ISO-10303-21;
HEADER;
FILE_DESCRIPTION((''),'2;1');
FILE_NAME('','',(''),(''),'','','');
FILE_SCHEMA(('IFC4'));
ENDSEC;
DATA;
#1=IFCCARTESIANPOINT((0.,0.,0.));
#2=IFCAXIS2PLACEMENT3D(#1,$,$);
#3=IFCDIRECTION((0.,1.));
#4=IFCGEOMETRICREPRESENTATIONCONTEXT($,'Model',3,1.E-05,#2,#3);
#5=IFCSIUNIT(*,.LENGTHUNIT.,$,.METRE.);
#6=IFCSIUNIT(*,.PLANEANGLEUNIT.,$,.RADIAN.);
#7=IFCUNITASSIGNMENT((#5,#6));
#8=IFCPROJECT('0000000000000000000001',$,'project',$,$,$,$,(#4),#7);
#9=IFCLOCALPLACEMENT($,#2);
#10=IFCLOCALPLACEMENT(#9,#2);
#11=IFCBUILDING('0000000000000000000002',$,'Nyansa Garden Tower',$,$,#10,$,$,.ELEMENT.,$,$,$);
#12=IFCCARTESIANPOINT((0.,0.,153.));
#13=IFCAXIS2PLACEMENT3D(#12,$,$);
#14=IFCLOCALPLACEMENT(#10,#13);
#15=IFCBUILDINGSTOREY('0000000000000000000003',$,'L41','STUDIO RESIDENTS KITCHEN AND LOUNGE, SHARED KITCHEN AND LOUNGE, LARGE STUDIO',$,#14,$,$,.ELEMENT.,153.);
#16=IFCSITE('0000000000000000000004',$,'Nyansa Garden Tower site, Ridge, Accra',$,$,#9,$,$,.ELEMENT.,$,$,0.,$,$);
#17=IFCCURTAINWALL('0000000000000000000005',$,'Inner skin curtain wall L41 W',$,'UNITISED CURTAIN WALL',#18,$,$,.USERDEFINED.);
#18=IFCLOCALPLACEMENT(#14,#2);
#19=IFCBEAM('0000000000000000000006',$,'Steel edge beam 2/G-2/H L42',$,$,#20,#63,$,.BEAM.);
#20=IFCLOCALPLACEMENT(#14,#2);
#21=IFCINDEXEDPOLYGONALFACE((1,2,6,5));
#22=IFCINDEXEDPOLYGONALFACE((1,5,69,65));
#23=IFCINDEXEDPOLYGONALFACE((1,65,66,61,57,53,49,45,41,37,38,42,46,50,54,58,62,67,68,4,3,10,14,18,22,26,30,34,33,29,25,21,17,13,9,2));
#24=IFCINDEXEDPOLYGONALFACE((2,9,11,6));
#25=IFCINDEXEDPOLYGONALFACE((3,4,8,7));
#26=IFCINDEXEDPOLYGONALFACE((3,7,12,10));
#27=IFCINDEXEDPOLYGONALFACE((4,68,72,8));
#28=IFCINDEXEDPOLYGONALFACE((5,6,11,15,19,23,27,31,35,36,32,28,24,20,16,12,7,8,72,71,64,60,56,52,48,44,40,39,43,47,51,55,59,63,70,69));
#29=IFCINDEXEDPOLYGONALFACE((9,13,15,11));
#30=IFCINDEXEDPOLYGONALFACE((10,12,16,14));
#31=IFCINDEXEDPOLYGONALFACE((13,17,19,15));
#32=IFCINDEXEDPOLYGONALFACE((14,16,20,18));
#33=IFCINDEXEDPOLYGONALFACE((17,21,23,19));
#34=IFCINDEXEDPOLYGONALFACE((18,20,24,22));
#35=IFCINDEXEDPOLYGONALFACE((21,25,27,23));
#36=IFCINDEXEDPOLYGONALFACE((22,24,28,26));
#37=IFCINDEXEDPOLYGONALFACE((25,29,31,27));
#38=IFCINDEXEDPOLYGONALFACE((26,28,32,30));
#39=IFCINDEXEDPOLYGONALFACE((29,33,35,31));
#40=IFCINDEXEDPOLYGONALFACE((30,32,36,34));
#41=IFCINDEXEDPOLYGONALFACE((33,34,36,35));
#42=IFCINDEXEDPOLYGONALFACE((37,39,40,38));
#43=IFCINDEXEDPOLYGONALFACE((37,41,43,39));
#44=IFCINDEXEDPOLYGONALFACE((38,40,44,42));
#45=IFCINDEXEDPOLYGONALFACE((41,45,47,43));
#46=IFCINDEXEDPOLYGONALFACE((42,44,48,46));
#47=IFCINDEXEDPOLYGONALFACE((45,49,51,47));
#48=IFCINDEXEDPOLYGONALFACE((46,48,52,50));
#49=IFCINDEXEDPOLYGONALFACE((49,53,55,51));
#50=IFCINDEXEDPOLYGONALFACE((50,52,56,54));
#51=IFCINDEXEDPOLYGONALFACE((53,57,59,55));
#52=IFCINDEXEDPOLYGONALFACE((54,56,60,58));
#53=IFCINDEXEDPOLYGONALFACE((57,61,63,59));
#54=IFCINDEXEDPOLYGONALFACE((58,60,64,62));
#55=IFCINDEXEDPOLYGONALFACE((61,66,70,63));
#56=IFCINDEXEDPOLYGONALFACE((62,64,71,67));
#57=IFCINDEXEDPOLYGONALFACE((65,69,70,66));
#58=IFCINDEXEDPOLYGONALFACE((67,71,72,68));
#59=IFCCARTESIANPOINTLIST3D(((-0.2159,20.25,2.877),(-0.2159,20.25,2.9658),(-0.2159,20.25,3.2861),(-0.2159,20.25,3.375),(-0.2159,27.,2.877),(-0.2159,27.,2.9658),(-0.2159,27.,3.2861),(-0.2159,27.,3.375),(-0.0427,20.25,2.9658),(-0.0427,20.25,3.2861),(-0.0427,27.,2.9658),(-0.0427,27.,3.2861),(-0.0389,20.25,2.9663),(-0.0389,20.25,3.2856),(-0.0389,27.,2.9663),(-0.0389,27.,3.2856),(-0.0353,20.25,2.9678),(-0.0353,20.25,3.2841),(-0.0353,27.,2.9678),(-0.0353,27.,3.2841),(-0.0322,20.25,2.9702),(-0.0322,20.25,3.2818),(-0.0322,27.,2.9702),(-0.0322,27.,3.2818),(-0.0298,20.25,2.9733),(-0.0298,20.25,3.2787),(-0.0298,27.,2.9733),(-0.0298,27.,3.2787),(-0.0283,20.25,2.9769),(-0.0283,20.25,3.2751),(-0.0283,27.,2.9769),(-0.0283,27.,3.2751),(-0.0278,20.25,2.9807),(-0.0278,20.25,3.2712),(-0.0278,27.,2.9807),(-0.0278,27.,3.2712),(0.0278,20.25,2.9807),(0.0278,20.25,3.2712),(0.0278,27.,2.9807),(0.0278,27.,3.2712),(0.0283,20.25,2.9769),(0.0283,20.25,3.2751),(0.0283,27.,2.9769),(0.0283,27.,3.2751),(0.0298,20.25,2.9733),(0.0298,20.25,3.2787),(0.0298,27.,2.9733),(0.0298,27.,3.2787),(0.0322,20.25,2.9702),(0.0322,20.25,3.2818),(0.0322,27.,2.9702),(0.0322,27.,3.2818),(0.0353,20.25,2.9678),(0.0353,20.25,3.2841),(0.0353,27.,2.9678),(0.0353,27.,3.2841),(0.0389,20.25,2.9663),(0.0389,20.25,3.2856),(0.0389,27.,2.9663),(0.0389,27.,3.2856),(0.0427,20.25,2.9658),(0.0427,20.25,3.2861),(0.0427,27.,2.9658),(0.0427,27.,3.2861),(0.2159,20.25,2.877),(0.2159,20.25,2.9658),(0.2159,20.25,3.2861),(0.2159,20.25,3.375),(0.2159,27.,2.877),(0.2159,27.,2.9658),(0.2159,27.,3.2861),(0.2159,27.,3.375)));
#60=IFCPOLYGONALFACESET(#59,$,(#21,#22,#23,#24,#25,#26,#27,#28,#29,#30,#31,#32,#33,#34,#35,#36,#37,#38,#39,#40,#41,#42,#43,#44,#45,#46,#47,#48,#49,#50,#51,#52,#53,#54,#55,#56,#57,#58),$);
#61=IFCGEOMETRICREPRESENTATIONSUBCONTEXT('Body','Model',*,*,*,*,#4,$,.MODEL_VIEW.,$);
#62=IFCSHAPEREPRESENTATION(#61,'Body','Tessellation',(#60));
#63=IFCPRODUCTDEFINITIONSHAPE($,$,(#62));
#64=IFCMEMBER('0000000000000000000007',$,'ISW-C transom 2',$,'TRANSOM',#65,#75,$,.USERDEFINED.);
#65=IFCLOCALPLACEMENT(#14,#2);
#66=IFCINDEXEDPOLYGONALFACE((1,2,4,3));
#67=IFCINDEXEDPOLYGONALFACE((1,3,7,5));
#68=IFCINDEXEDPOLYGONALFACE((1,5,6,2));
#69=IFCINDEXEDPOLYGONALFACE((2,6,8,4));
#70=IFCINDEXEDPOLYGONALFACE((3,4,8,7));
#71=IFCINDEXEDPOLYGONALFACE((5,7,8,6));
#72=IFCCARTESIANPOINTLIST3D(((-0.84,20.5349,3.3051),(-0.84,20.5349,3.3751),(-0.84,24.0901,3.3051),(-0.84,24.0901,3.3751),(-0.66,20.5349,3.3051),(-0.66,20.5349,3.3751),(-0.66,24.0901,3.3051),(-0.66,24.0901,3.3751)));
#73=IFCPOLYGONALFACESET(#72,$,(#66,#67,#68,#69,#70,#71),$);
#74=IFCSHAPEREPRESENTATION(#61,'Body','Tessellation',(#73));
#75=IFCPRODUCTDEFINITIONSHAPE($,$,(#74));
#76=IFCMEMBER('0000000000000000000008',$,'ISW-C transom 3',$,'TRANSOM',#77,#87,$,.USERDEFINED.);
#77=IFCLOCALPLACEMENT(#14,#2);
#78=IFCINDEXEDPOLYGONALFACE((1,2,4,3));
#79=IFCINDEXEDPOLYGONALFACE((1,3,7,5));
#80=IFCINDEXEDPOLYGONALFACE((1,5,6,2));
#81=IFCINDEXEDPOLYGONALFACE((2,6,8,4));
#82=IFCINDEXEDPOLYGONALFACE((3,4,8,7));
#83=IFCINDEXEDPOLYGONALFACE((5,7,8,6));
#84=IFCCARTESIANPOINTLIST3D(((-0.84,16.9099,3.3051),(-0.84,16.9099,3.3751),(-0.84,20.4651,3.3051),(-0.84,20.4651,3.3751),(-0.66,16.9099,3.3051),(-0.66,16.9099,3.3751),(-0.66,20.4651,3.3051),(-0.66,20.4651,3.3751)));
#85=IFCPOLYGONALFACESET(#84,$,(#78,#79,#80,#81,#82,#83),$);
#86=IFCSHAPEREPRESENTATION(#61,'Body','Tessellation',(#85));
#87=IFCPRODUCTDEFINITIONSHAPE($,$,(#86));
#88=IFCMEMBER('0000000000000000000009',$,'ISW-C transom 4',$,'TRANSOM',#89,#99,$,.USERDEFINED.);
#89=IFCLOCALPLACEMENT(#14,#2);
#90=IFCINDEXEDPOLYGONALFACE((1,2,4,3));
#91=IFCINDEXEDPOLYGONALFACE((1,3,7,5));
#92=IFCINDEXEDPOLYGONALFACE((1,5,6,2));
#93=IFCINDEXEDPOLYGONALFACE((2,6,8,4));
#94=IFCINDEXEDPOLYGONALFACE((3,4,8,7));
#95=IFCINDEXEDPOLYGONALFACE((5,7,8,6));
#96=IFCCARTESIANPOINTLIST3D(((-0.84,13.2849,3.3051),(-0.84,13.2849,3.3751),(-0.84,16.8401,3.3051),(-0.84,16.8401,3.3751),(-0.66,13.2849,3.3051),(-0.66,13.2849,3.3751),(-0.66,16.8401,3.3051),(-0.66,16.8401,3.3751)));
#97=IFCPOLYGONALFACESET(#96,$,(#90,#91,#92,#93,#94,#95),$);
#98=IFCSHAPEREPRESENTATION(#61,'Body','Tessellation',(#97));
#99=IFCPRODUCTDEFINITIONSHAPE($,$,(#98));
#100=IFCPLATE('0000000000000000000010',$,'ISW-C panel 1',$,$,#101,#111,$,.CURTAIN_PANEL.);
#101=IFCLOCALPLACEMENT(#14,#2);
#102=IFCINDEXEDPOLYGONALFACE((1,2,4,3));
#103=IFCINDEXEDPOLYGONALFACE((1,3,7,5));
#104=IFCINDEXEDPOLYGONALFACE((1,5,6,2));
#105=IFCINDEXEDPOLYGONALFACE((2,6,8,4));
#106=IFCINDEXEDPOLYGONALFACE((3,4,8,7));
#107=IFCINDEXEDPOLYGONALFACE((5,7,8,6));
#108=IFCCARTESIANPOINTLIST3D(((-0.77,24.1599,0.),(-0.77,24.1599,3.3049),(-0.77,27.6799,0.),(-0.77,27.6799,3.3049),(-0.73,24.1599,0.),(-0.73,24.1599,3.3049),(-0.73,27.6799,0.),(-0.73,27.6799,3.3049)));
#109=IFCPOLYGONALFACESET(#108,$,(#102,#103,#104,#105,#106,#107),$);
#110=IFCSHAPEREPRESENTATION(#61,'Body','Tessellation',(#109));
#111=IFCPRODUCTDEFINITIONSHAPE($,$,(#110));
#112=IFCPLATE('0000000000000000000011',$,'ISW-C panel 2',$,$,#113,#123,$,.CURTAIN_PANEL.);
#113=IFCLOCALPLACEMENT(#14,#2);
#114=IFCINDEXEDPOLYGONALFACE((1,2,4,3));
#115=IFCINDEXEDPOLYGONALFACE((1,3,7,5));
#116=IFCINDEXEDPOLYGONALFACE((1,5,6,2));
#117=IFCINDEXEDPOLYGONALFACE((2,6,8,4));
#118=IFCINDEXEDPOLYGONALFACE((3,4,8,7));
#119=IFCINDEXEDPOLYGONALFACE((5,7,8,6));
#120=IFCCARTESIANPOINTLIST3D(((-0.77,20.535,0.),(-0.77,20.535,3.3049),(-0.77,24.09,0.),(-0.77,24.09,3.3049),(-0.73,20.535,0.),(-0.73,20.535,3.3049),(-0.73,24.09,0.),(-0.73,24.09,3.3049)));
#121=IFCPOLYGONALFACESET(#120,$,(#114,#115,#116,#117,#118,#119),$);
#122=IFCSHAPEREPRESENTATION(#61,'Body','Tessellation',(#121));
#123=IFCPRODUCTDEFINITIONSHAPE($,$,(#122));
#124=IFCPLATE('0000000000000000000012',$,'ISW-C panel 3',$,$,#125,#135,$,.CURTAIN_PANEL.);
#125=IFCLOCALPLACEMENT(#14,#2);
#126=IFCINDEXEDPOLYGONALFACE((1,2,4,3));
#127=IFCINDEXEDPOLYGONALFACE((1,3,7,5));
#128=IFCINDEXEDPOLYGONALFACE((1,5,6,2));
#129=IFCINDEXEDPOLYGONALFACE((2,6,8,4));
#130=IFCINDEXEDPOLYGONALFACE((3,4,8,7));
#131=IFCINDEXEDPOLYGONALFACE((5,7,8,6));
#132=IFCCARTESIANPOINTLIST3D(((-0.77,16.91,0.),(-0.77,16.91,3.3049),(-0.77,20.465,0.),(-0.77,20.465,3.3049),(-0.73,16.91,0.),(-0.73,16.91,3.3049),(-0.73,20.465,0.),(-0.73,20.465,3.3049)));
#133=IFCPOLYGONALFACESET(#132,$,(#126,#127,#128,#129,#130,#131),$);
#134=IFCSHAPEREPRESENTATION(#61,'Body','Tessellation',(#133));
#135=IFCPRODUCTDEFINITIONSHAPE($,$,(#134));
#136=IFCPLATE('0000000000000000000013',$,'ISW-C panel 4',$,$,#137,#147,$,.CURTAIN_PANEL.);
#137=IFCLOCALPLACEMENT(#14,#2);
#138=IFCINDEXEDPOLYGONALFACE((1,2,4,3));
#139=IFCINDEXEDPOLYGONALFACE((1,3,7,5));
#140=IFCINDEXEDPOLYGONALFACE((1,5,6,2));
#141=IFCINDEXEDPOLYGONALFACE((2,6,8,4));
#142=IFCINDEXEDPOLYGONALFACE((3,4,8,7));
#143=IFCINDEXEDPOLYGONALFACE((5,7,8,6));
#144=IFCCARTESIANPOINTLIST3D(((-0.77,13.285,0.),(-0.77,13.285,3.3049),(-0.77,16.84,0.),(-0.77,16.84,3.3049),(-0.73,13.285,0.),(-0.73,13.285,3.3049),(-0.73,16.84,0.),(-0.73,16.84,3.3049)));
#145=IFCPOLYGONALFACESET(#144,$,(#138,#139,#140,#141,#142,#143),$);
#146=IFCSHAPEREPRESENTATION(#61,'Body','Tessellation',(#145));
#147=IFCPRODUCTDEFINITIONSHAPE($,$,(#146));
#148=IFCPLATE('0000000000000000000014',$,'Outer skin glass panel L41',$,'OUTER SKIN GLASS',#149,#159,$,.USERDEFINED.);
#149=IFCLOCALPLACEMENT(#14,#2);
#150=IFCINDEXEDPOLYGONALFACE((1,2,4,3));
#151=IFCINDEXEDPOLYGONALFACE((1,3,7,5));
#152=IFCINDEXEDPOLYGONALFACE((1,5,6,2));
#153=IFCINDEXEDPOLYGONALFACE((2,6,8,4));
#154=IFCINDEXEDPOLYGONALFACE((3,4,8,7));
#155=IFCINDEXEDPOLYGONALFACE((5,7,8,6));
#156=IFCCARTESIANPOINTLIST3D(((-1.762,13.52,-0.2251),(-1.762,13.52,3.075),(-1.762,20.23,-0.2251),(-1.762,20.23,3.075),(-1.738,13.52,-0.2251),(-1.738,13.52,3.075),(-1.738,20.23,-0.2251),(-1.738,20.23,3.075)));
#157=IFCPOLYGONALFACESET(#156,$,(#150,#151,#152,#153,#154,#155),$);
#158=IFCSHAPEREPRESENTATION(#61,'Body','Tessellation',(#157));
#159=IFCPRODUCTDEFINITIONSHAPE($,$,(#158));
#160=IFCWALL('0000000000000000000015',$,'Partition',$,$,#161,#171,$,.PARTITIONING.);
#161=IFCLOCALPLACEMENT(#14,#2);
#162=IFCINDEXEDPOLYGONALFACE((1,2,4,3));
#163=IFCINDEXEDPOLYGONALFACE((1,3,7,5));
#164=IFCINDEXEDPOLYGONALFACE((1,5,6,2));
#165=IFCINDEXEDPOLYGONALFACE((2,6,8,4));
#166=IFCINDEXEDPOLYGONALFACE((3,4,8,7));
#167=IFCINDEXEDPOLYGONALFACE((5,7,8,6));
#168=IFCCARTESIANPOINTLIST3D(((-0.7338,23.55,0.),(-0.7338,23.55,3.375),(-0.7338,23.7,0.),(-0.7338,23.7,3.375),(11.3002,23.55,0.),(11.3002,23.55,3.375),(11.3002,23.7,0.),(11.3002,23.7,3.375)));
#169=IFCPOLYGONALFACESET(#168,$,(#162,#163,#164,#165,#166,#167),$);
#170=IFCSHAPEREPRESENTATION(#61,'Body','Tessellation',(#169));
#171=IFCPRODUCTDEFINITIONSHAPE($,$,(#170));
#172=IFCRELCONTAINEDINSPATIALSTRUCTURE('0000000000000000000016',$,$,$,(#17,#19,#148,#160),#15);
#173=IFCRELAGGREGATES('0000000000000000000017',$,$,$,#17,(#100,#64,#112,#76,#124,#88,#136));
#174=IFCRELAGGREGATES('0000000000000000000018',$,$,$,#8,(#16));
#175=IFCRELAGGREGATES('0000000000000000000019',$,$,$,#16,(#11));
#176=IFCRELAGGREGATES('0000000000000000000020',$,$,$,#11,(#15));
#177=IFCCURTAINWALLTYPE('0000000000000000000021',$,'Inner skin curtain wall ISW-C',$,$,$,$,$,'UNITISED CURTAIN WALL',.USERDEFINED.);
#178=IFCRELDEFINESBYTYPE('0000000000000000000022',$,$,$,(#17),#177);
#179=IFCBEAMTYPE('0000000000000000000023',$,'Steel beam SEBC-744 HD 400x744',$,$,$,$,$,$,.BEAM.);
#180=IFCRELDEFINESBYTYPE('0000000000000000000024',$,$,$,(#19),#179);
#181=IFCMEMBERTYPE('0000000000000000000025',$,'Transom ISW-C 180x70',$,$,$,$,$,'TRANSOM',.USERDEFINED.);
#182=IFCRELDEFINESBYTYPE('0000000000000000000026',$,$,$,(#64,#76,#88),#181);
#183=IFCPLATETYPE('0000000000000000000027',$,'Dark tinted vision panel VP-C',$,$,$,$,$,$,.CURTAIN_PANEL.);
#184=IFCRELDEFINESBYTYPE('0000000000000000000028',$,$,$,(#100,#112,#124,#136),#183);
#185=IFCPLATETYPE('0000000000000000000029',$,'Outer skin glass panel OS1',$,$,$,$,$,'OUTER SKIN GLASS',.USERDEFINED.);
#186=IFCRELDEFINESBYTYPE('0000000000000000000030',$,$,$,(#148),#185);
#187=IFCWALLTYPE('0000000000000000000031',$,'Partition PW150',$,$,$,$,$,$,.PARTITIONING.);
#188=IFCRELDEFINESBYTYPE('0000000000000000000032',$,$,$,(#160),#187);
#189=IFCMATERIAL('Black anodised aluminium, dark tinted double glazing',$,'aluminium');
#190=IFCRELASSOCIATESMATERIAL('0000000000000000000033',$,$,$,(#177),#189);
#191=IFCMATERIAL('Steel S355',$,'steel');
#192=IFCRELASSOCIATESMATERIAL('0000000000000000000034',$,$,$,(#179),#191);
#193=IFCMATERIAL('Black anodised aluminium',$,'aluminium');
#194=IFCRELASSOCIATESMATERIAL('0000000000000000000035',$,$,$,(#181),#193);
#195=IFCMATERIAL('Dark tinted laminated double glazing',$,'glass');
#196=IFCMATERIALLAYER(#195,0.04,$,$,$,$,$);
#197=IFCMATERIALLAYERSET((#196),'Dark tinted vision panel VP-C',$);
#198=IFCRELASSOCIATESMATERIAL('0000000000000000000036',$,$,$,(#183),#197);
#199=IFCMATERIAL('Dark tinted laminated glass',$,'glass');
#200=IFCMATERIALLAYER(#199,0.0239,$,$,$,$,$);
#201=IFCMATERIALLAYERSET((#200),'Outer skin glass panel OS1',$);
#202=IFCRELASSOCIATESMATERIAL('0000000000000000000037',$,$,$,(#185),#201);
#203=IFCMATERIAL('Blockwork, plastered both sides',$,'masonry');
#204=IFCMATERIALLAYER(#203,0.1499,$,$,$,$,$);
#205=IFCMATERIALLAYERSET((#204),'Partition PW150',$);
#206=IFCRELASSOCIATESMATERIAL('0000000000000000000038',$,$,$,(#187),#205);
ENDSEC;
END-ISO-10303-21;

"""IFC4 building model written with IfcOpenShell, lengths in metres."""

from ifc_helpers import new_model, si_unit, direction, frame, frame_2d, origin, origin_2d, place, context, subcontext, project, spatial, rectangle, i_section, extrude, material, layer, layer_set, material_profile, profile_set, type_object, element, aggregate, save


model = new_model("IFC4")

# Units and contexts
model_context = context("Model", 3, precision=1e-05, world=origin(), true_north=direction((0.0, 1.0)))
body_context = subcontext(model_context, "Body", "Model", "MODEL_VIEW")
ifc_project = project(units=[si_unit("LENGTHUNIT", "METRE"), si_unit("PLANEANGLEUNIT", "RADIAN")], contexts=[model_context])

# Site, building, storey
site_placement = place(None, origin())
site = spatial("IfcSite", under=ifc_project, at=site_placement, Name="Nyansa Garden Tower site, Ridge, Accra", CompositionType="ELEMENT", RefElevation=0.0)
building_placement = place(site_placement, origin())
building = spatial("IfcBuilding", under=site, at=building_placement, Name="Nyansa Garden Tower", CompositionType="ELEMENT")
storey_placement = place(building_placement, frame((0.0, 0.0, 153.0)))
storey = spatial("IfcBuildingStorey", under=building, at=storey_placement, Name="L41", Description="STUDIO RESIDENTS KITCHEN AND LOUNGE, SHARED KITCHEN AND LOUNGE, LARGE STUDIO", CompositionType="ELEMENT", Elevation=153.0)

# Curtain wall
ifc_material_1 = material(Name="Black anodised aluminium, dark tinted double glazing", Category="aluminium")
curtain_wall_type = type_object("IfcCurtainWallType", Name="Inner skin curtain wall ISW-C", ElementType="UNITISED CURTAIN WALL", PredefinedType="USERDEFINED", material=ifc_material_1)
curtain_wall_placement = place(storey_placement, origin())
curtain_wall = element("IfcCurtainWall", 1, at=curtain_wall_placement, inside=storey, type_object=curtain_wall_type, Name="Inner skin curtain wall L41 W", ObjectType="UNITISED CURTAIN WALL", PredefinedType="USERDEFINED")

# Beam
ifc_material_2 = material(Name="Steel S355", Category="steel")
ifc_material_profile_1 = material_profile(ifc_material_2, i_section(OverallWidth=0.4319, OverallDepth=0.498, WebThickness=0.0557, FlangeThickness=0.0889, FilletRadius=0.0149, at=origin_2d()), Name="HD 400x744")
ifc_profile_set_1 = profile_set([ifc_material_profile_1], Name="Steel S355")
beam_type_1 = type_object("IfcBeamType", Name="Steel beam SEBC-744 HD 400x744", PredefinedType="BEAM", material=ifc_profile_set_1)
beam_1_placement = place(storey_placement, frame((0.0, 20.25, 3.126), z_axis=(0.0, 1.0, 0.0), x_axis=(-1.0, 0.0, 0.0)))
element("IfcBeam", 2, at=beam_1_placement, inside=storey, type_object=beam_type_1, Name="Steel edge beam 2/G-2/H L42", PredefinedType="BEAM", context=body_context, shape_type="SweptSolid", body=[
    extrude(i_section(OverallWidth=0.4319, OverallDepth=0.498, WebThickness=0.0557, FlangeThickness=0.0889, FilletRadius=0.0149, at=origin_2d()), origin(), (0.0, 0.0, 1.0), 6.75),
])

# Members
ifc_material_3 = material(Name="Black anodised aluminium", Category="aluminium")
ifc_material_profile_2 = material_profile(ifc_material_3, rectangle(XDim=0.1799, YDim=0.0701, at=origin_2d()), Name="Transom 180x70")
ifc_profile_set_2 = profile_set([ifc_material_profile_2], Name="Black anodised aluminium")
member_type_1 = type_object("IfcMemberType", Name="Transom ISW-C 180x70", ElementType="TRANSOM", PredefinedType="USERDEFINED", material=ifc_profile_set_2)
member_1_placement = place(storey_placement, frame((-0.75, 24.0901, 3.3401), z_axis=(0.0, -1.0, 0.0), x_axis=(1.0, 0.0, 0.0)))
member_1 = element("IfcMember", 3, at=member_1_placement, type_object=member_type_1, Name="ISW-C transom 2", ObjectType="TRANSOM", PredefinedType="USERDEFINED", context=body_context, shape_type="SweptSolid", body=[
    extrude(rectangle(XDim=0.1799, YDim=0.0701, at=origin_2d()), origin(), (0.0, 0.0, 1.0), 3.5552),
])
member_2_placement = place(storey_placement, frame((-0.75, 20.4651, 3.3401), z_axis=(0.0, -1.0, 0.0), x_axis=(1.0, 0.0, 0.0)))
member_2 = element("IfcMember", 4, at=member_2_placement, type_object=member_type_1, Name="ISW-C transom 3", ObjectType="TRANSOM", PredefinedType="USERDEFINED", context=body_context, shape_type="SweptSolid", body=[
    extrude(rectangle(XDim=0.1799, YDim=0.0701, at=origin_2d()), origin(), (0.0, 0.0, 1.0), 3.5552),
])
member_3_placement = place(storey_placement, frame((-0.75, 16.8401, 3.3401), z_axis=(0.0, -1.0, 0.0), x_axis=(1.0, 0.0, 0.0)))
member_3 = element("IfcMember", 5, at=member_3_placement, type_object=member_type_1, Name="ISW-C transom 4", ObjectType="TRANSOM", PredefinedType="USERDEFINED", context=body_context, shape_type="SweptSolid", body=[
    extrude(rectangle(XDim=0.1799, YDim=0.0701, at=origin_2d()), origin(), (0.0, 0.0, 1.0), 3.5552),
])

# Plates
ifc_material_4 = material(Name="Dark tinted laminated double glazing", Category="glass")
ifc_layer_1 = layer(ifc_material_4, 0.04)
ifc_layer_set_1 = layer_set([ifc_layer_1], Name="Dark tinted vision panel VP-C")
plate_type_1 = type_object("IfcPlateType", Name="Dark tinted vision panel VP-C", PredefinedType="CURTAIN_PANEL", material=ifc_layer_set_1)
plate_1_placement = place(storey_placement, frame((-0.75, 25.9199, 0.0), z_axis=(0.0, 0.0, 1.0), x_axis=(0.0, -1.0, 0.0)))
plate_1 = element("IfcPlate", 6, at=plate_1_placement, type_object=plate_type_1, Name="ISW-C panel 1", PredefinedType="CURTAIN_PANEL", context=body_context, shape_type="SweptSolid", body=[
    extrude(rectangle(XDim=3.52, YDim=0.04, at=origin_2d()), origin(), (0.0, 0.0, 1.0), 3.3049),
])
plate_2_placement = place(storey_placement, frame((-0.75, 22.3125, 0.0), z_axis=(0.0, 0.0, 1.0), x_axis=(0.0, -1.0, 0.0)))
plate_2 = element("IfcPlate", 7, at=plate_2_placement, type_object=plate_type_1, Name="ISW-C panel 2", PredefinedType="CURTAIN_PANEL", context=body_context, shape_type="SweptSolid", body=[
    extrude(rectangle(XDim=3.5549, YDim=0.04, at=origin_2d()), origin(), (0.0, 0.0, 1.0), 3.3049),
])
plate_3_placement = place(storey_placement, frame((-0.75, 18.6875, 0.0), z_axis=(0.0, 0.0, 1.0), x_axis=(0.0, -1.0, 0.0)))
plate_3 = element("IfcPlate", 8, at=plate_3_placement, type_object=plate_type_1, Name="ISW-C panel 3", PredefinedType="CURTAIN_PANEL", context=body_context, shape_type="SweptSolid", body=[
    extrude(rectangle(XDim=3.5549, YDim=0.04, at=origin_2d()), origin(), (0.0, 0.0, 1.0), 3.3049),
])
plate_4_placement = place(storey_placement, frame((-0.75, 15.0625, 0.0), z_axis=(0.0, 0.0, 1.0), x_axis=(0.0, -1.0, 0.0)))
plate_4 = element("IfcPlate", 9, at=plate_4_placement, type_object=plate_type_1, Name="ISW-C panel 4", PredefinedType="CURTAIN_PANEL", context=body_context, shape_type="SweptSolid", body=[
    extrude(rectangle(XDim=3.5549, YDim=0.04, at=origin_2d()), origin(), (0.0, 0.0, 1.0), 3.3049),
])
aggregate(curtain_wall, [plate_1, member_1, plate_2, member_2, plate_3, member_3, plate_4])
ifc_material_5 = material(Name="Dark tinted laminated glass", Category="glass")
ifc_layer_2 = layer(ifc_material_5, 0.0239)
ifc_layer_set_2 = layer_set([ifc_layer_2], Name="Outer skin glass panel OS1")
plate_type_2 = type_object("IfcPlateType", Name="Outer skin glass panel OS1", ElementType="OUTER SKIN GLASS", PredefinedType="USERDEFINED", material=ifc_layer_set_2)
plate_5_placement = place(storey_placement, frame((-1.75, 16.875, -0.2251), z_axis=(0.0, 0.0, 1.0), x_axis=(0.0, 1.0, 0.0)))
element("IfcPlate", 10, at=plate_5_placement, inside=storey, type_object=plate_type_2, Name="Outer skin glass panel L41", ObjectType="OUTER SKIN GLASS", PredefinedType="USERDEFINED", context=body_context, shape_type="SweptSolid", body=[
    extrude(rectangle(XDim=6.71, YDim=0.0239, at=origin_2d()), origin(), (0.0, 0.0, 1.0), 3.3),
])

# Wall
ifc_material_6 = material(Name="Blockwork, plastered both sides", Category="masonry")
ifc_layer_3 = layer(ifc_material_6, 0.1499)
ifc_layer_set_3 = layer_set([ifc_layer_3], Name="Partition PW150")
wall_type_1 = type_object("IfcWallType", Name="Partition PW150", PredefinedType="PARTITIONING", material=ifc_layer_set_3)
wall_1_placement = place(storey_placement, frame((-0.7339, 23.625, 0.0), z_axis=(0.0, 0.0, 1.0), x_axis=(1.0, 0.0, 0.0)))
element("IfcWall", 11, at=wall_1_placement, inside=storey, type_object=wall_type_1, Name="Partition", PredefinedType="PARTITIONING", context=body_context, shape_type="SweptSolid", body=[
    extrude(rectangle(XDim=12.0339, YDim=0.1499, at=frame_2d((6.0171, 0.0))), origin(), (0.0, 0.0, 1.0), 3.375),
])

save(model, "model.ifc")
